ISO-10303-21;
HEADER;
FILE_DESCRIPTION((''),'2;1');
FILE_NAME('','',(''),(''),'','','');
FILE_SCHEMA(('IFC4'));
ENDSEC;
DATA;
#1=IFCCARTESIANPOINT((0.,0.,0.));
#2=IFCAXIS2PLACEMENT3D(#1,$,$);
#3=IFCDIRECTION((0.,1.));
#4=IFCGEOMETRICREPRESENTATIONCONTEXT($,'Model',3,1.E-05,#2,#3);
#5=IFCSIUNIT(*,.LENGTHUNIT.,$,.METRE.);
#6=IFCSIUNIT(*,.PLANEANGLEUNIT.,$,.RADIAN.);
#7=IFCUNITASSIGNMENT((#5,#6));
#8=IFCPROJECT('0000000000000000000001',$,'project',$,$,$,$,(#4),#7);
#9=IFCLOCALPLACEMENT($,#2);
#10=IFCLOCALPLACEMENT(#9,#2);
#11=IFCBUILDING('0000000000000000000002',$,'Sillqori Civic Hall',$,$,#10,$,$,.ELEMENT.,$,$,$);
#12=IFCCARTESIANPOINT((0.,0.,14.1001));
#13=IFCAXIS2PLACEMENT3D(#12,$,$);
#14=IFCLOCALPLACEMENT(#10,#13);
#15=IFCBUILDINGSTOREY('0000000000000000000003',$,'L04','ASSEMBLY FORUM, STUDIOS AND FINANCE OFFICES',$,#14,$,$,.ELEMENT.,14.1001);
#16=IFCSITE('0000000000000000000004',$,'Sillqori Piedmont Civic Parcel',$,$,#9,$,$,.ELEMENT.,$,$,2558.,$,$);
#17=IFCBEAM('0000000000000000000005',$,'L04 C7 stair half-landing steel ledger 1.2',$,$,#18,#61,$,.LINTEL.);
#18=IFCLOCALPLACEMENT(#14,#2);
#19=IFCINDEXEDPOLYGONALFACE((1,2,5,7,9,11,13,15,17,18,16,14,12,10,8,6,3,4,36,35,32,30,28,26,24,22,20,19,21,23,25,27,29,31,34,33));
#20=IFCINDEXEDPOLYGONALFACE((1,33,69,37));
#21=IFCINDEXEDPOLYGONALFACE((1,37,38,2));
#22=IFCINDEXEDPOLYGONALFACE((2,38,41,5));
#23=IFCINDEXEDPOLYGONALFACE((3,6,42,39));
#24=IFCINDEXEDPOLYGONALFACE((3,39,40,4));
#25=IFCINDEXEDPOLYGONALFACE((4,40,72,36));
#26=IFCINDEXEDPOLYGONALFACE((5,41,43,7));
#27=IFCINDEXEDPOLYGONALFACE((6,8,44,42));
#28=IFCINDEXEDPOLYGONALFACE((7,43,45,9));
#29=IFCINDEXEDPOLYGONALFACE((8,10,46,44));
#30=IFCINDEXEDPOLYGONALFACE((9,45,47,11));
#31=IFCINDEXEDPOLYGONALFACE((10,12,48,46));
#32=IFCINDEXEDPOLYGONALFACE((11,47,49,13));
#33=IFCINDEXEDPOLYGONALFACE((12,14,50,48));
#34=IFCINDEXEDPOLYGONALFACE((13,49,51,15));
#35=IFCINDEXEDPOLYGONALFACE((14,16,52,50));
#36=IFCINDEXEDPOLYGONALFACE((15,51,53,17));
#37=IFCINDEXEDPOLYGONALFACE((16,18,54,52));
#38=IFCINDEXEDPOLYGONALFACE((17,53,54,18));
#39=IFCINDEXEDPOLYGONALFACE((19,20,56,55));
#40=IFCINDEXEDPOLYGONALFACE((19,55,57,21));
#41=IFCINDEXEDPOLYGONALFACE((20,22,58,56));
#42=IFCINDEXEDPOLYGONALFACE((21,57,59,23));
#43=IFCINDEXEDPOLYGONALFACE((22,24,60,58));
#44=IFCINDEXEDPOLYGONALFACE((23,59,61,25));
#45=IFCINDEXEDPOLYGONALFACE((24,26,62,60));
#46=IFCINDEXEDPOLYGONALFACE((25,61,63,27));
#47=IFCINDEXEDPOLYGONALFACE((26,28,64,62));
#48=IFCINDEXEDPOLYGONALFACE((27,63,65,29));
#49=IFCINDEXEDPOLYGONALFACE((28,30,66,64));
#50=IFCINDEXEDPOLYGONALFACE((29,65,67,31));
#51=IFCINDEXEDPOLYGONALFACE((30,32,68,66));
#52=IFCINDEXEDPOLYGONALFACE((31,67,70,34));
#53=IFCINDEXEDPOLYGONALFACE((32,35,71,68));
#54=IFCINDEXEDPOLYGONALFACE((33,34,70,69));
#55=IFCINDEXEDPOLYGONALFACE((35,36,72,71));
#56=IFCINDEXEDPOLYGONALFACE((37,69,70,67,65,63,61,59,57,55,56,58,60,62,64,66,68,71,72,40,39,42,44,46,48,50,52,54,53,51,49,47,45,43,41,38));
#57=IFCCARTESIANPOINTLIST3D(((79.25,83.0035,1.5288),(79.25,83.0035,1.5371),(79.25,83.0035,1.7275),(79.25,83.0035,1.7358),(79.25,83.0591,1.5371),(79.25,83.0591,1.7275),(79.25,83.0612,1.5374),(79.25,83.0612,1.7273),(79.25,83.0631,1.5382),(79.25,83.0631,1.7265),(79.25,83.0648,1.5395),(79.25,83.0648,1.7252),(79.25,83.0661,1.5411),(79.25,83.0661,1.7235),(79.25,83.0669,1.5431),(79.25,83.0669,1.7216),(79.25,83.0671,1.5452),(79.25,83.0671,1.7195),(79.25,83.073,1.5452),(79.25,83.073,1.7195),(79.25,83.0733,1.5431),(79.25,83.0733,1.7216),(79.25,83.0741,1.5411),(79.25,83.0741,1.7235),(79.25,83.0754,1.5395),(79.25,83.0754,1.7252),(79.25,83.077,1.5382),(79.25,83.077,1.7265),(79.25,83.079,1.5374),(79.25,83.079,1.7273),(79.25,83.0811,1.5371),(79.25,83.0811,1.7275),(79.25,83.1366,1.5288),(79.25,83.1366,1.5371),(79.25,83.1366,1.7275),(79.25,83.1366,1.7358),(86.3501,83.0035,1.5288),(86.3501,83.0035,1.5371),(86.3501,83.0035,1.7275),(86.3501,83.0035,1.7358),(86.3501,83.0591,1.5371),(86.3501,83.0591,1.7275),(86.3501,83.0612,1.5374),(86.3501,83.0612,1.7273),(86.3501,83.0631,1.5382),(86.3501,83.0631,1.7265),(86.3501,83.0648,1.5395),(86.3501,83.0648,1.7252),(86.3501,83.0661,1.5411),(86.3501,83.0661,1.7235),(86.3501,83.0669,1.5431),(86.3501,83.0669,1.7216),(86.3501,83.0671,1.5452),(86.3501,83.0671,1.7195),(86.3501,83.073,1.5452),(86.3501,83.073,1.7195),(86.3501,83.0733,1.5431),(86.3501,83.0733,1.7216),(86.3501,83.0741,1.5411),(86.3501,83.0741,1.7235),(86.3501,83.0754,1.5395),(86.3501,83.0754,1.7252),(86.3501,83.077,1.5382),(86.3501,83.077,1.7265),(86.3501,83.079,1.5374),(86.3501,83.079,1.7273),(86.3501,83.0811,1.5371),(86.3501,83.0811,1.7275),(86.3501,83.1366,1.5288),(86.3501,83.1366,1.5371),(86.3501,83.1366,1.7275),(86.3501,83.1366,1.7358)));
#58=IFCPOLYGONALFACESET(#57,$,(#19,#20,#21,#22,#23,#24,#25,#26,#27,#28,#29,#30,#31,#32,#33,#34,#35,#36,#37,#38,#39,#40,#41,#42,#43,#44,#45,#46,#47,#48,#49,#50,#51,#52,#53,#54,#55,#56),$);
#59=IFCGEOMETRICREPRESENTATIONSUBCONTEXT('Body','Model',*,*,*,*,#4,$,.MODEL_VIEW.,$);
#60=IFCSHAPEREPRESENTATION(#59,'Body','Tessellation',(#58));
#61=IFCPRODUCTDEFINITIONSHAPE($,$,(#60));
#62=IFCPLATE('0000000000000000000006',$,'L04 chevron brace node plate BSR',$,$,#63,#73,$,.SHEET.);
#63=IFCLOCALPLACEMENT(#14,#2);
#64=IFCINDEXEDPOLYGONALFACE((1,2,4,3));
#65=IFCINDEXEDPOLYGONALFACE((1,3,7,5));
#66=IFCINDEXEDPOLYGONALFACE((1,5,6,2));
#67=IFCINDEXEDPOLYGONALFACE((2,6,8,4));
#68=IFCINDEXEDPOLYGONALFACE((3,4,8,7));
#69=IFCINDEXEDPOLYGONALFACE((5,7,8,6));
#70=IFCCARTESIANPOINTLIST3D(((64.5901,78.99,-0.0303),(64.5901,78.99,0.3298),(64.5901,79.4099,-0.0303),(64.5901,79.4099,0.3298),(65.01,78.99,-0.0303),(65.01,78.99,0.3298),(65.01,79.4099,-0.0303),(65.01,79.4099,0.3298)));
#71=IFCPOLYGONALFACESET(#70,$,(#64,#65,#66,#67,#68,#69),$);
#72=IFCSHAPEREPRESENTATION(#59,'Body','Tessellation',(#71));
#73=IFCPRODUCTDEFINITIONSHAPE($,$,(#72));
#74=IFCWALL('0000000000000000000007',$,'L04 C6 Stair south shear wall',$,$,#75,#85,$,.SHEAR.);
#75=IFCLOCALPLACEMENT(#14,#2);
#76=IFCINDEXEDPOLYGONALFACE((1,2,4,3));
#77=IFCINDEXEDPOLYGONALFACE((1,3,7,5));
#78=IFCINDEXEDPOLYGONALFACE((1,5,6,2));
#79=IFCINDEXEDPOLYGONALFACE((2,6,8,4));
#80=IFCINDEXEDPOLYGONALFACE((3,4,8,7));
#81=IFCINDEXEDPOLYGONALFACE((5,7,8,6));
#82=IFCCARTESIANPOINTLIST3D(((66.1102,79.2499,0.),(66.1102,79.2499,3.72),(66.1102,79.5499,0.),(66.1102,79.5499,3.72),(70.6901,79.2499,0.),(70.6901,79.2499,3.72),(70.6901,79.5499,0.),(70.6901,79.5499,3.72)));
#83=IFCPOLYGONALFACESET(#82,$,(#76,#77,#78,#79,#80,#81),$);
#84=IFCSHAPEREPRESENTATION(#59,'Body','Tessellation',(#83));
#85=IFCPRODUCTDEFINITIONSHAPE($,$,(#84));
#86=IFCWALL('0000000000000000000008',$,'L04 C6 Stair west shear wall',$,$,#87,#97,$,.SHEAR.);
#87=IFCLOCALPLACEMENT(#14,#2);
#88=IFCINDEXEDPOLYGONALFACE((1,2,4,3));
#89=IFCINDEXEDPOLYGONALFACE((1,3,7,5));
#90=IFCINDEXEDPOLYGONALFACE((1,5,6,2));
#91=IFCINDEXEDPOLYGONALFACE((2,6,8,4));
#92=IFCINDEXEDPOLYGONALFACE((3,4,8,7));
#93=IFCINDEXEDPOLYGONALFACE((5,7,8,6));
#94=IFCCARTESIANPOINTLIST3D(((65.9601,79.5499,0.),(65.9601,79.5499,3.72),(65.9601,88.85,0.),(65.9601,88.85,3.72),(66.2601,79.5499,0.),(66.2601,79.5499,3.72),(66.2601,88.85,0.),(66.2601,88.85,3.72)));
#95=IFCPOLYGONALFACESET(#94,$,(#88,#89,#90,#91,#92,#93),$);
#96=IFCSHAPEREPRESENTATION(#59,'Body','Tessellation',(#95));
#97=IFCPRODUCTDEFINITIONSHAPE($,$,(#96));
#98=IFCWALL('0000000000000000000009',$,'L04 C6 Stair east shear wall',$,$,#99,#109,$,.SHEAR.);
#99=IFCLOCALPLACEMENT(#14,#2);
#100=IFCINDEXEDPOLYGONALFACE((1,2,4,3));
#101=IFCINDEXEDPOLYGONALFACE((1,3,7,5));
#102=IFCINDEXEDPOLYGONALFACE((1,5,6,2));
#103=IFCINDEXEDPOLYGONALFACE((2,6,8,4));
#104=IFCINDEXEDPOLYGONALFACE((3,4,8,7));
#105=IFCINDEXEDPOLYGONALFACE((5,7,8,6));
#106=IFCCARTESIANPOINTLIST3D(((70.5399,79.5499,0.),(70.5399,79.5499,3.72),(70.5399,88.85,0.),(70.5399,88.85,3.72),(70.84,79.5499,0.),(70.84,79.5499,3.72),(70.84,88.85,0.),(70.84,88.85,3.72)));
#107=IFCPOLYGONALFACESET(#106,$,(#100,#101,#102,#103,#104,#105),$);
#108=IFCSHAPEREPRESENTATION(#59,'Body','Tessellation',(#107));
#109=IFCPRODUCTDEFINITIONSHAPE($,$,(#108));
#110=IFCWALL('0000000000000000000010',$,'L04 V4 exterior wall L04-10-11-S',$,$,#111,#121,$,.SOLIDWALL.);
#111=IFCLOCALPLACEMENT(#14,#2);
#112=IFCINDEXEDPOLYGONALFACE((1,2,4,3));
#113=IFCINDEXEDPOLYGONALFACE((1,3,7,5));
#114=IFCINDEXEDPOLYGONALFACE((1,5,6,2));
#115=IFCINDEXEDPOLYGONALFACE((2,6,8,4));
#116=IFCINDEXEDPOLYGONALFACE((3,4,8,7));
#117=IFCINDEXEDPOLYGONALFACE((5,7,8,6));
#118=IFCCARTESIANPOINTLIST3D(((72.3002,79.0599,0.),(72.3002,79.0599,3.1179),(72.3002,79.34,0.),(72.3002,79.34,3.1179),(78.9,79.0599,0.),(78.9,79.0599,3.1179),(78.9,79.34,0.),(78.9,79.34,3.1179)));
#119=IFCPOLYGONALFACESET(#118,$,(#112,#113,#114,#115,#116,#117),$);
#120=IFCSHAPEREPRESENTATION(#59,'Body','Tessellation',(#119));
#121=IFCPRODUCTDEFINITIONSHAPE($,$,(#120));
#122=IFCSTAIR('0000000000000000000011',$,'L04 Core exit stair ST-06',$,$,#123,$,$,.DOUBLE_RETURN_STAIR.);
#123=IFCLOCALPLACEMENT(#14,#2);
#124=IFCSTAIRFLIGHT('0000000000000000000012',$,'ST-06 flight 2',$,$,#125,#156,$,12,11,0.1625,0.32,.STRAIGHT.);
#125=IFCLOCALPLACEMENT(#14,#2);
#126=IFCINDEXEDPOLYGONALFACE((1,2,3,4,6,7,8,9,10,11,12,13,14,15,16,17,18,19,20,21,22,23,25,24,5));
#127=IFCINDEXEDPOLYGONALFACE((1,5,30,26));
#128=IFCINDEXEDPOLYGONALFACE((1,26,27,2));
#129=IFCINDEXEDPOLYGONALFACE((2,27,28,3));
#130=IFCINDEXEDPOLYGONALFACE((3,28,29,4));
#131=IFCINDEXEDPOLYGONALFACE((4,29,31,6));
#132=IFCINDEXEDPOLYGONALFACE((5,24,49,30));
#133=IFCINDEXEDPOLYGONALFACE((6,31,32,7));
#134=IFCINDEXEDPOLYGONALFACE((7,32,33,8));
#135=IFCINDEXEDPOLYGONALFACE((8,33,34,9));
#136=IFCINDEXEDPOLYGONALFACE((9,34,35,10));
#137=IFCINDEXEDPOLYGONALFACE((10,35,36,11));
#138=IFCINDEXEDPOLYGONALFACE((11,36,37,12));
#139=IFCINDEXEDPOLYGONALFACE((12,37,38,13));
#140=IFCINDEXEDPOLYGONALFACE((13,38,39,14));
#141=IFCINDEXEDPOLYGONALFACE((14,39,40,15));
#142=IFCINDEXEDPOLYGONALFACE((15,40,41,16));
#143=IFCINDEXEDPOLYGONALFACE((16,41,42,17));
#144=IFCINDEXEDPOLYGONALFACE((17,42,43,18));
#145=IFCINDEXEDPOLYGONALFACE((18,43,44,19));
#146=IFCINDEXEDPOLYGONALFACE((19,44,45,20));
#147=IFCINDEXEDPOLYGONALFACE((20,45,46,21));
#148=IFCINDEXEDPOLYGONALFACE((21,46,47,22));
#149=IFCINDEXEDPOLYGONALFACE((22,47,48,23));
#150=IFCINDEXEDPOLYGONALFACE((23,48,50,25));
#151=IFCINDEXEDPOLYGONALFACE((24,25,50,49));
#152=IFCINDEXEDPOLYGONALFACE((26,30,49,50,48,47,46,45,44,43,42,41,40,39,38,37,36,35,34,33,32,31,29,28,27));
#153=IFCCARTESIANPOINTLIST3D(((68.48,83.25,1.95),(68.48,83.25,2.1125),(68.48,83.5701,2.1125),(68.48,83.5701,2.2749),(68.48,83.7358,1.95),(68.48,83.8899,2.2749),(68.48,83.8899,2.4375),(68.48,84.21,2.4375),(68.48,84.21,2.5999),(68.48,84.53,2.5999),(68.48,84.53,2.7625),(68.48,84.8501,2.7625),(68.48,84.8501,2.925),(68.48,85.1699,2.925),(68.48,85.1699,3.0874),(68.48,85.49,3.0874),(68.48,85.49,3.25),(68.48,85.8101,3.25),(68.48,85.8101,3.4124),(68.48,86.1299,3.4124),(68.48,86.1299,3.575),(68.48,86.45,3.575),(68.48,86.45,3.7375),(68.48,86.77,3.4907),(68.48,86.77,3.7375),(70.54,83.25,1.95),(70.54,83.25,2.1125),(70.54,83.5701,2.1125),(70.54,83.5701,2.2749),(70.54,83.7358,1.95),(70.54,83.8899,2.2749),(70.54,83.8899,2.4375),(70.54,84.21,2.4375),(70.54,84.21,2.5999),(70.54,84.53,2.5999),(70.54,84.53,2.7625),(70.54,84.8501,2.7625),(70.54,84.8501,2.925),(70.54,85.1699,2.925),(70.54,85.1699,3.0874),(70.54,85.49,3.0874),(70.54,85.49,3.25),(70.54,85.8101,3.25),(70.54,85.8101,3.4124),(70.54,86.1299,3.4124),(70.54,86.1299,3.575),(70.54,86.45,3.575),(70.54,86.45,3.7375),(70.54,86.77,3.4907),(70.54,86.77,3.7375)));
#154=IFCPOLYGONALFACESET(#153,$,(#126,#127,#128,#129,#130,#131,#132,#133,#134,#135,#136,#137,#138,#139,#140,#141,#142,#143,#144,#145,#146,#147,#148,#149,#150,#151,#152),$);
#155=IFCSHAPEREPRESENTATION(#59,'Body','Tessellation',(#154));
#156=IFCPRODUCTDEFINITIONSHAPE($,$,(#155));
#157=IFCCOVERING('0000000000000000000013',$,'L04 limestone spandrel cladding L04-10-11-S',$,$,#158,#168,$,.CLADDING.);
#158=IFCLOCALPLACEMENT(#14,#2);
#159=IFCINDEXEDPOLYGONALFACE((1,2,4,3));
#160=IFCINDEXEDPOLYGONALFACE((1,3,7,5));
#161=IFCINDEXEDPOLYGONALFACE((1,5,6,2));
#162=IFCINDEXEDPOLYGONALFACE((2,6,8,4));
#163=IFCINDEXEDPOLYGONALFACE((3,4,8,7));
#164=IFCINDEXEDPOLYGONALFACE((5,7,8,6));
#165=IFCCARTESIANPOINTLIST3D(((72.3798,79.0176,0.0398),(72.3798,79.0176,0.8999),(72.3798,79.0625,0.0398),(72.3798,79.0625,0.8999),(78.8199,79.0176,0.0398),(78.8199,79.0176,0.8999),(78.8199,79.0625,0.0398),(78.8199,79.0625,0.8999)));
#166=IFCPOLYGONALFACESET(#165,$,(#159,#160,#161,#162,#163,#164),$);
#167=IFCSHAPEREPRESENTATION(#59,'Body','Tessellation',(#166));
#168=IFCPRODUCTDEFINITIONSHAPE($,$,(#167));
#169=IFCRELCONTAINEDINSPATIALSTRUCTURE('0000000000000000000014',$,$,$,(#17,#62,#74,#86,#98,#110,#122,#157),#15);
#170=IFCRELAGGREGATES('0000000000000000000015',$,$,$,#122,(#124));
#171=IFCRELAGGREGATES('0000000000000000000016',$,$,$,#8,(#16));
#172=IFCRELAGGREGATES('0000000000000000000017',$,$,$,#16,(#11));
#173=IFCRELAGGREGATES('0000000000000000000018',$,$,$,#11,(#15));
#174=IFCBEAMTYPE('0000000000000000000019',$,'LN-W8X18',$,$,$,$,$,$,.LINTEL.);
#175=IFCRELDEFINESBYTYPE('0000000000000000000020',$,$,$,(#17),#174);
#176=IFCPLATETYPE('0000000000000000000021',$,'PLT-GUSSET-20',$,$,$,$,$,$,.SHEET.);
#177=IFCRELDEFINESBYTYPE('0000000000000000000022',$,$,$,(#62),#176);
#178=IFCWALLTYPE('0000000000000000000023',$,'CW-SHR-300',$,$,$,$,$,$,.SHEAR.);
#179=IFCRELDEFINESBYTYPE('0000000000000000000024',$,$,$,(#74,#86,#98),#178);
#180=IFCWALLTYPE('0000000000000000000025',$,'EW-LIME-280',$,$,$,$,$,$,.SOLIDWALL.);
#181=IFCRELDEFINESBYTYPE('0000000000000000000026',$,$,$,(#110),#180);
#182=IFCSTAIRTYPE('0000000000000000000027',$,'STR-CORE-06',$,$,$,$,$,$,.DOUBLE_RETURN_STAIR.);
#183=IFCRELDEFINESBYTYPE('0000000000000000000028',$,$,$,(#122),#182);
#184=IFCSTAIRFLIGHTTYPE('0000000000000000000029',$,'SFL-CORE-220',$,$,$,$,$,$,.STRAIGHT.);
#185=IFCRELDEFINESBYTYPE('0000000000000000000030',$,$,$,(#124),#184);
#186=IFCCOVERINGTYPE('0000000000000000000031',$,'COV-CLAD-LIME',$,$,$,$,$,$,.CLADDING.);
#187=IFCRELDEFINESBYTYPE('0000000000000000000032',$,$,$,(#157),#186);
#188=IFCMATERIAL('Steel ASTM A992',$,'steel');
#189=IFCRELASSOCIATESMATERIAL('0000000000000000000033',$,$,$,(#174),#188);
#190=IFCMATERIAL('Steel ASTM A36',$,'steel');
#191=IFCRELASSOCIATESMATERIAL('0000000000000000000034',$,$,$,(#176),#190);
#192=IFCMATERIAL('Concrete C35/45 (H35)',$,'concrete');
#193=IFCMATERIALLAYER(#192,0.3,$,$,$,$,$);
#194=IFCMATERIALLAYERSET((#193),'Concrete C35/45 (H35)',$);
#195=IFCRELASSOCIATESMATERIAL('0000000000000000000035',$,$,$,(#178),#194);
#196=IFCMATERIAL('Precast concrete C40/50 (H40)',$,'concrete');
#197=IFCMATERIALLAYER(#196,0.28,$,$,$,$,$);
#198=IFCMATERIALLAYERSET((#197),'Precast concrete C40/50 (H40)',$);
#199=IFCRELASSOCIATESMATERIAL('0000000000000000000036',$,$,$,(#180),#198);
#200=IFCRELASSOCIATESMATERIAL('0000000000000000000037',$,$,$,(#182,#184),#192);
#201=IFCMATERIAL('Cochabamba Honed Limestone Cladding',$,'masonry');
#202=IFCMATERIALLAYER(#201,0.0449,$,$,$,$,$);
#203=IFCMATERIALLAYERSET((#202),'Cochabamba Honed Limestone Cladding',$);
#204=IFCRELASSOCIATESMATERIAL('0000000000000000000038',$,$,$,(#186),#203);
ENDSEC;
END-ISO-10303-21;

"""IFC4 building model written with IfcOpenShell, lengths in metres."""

from ifc_helpers import new_model, si_unit, direction, frame, frame_2d, origin, origin_2d, place, context, subcontext, project, spatial, polyline, rectangle, i_section, outline, extrude, material, layer, layer_set, material_profile, profile_set, type_object, element, aggregate, save


model = new_model("IFC4")

# Units and contexts
model_context = context("Model", 3, precision=1e-05, world=origin(), true_north=direction((0.0, 1.0)))
body_context = subcontext(model_context, "Body", "Model", "MODEL_VIEW")
ifc_project = project(units=[si_unit("LENGTHUNIT", "METRE"), si_unit("PLANEANGLEUNIT", "RADIAN")], contexts=[model_context])

# Site, building, storey
site_placement = place(None, origin())
site = spatial("IfcSite", under=ifc_project, at=site_placement, Name="Sillqori Piedmont Civic Parcel", CompositionType="ELEMENT", RefElevation=2558.0)
building_placement = place(site_placement, origin())
building = spatial("IfcBuilding", under=site, at=building_placement, Name="Sillqori Civic Hall", CompositionType="ELEMENT")
storey_placement = place(building_placement, frame((0.0, 0.0, 14.1001)))
storey = spatial("IfcBuildingStorey", under=building, at=storey_placement, Name="L04", Description="ASSEMBLY FORUM, STUDIOS AND FINANCE OFFICES", CompositionType="ELEMENT", Elevation=14.1001)

# Shared definitions
ifc_material_1 = material(Name="Concrete C35/45 (H35)", Category="concrete")
ifc_material_2 = material(Name="Steel ASTM A992", Category="steel")

# Beam
ifc_material_profile_1 = material_profile(ifc_material_2, i_section(OverallWidth=0.1331, OverallDepth=0.207, WebThickness=0.0059, FlangeThickness=0.0083, FilletRadius=0.0081, at=origin_2d()), Name="W8X18")
ifc_profile_set_1 = profile_set([ifc_material_profile_1], Name="Steel ASTM A992")
beam_type_1 = type_object("IfcBeamType", Name="LN-W8X18", PredefinedType="LINTEL", material=ifc_profile_set_1)
for number, where, z_axis, x_axis, name in (
    (1, (79.25, 83.0701, 1.6323), (1.0, 0.0, 0.0), (0.0, 1.0, 0.0), "L04 C7 stair half-landing steel ledger 1.2"),
):
    element("IfcBeam", number, at=place(storey_placement, frame(where, z_axis=z_axis, x_axis=x_axis)), inside=storey, type_object=beam_type_1, Name=name, PredefinedType="LINTEL", context=body_context, shape_type="SweptSolid", body=[
        extrude(i_section(OverallWidth=0.1331, OverallDepth=0.207, WebThickness=0.0059, FlangeThickness=0.0083, FilletRadius=0.0081, at=origin_2d()), origin(), (0.0, 0.0, 1.0), 7.1001),
    ])

# Plate
ifc_material_3 = material(Name="Steel ASTM A36", Category="steel")
plate_type = type_object("IfcPlateType", Name="PLT-GUSSET-20", PredefinedType="SHEET", material=ifc_material_3)
plate_placement = place(storey_placement, frame((64.8, 79.2, -0.0303), z_axis=(0.0, 0.0, 1.0), x_axis=(1.0, 0.0, 0.0)))
element("IfcPlate", 2, at=plate_placement, inside=storey, type_object=plate_type, Name="L04 chevron brace node plate BSR", PredefinedType="SHEET", context=body_context, shape_type="SweptSolid", body=[
    extrude(rectangle(XDim=0.4199, YDim=0.4199, at=origin_2d()), origin(), (0.0, 0.0, 1.0), 0.3601),
])

# Walls
ifc_layer_1 = layer(ifc_material_1, 0.3)
ifc_layer_set_1 = layer_set([ifc_layer_1], Name="Concrete C35/45 (H35)")
wall_type_1 = type_object("IfcWallType", Name="CW-SHR-300", PredefinedType="SHEAR", material=ifc_layer_set_1)
wall_1_placement = place(storey_placement, frame((66.1101, 79.3999, 0.0), z_axis=(0.0, 0.0, 1.0), x_axis=(1.0, 0.0, 0.0)))
element("IfcWall", 3, at=wall_1_placement, inside=storey, type_object=wall_type_1, Name="L04 C6 Stair south shear wall", PredefinedType="SHEAR", context=body_context, shape_type="SweptSolid", body=[
    extrude(rectangle(XDim=4.5798, YDim=0.3, at=frame_2d((2.29, 0.0))), origin(), (0.0, 0.0, 1.0), 3.72),
])
for number, where, z_axis, x_axis, name in (
    (4, (66.1101, 79.55, 0.0), (0.0, 0.0, 1.0), (0.0, 1.0, 0.0), "L04 C6 Stair west shear wall"),
    (5, (70.6899, 79.55, 0.0), (0.0, 0.0, 1.0), (0.0, 1.0, 0.0), "L04 C6 Stair east shear wall"),
):
    element("IfcWall", number, at=place(storey_placement, frame(where, z_axis=z_axis, x_axis=x_axis)), inside=storey, type_object=wall_type_1, Name=name, PredefinedType="SHEAR", context=body_context, shape_type="SweptSolid", body=[
        extrude(rectangle(XDim=9.3, YDim=0.3, at=frame_2d((4.6499, 0.0))), origin(), (0.0, 0.0, 1.0), 3.72),
    ])
ifc_material_4 = material(Name="Precast concrete C40/50 (H40)", Category="concrete")
ifc_layer_2 = layer(ifc_material_4, 0.28)
ifc_layer_set_2 = layer_set([ifc_layer_2], Name="Precast concrete C40/50 (H40)")
wall_type_2 = type_object("IfcWallType", Name="EW-LIME-280", PredefinedType="SOLIDWALL", material=ifc_layer_set_2)
wall_2_placement = place(storey_placement, frame((78.8999, 79.2, 0.0), z_axis=(0.0, 0.0, 1.0), x_axis=(-1.0, 0.0, 0.0)))
element("IfcWall", 6, at=wall_2_placement, inside=storey, type_object=wall_type_2, Name="L04 V4 exterior wall L04-10-11-S", PredefinedType="SOLIDWALL", context=body_context, shape_type="SweptSolid", body=[
    extrude(rectangle(XDim=6.5999, YDim=0.28, at=frame_2d((3.2998, 0.0))), origin(), (0.0, 0.0, 1.0), 3.1179),
])

# Stair, stair flight
stair_type = type_object("IfcStairType", Name="STR-CORE-06", PredefinedType="DOUBLE_RETURN_STAIR", material=ifc_material_1)
stair_placement = place(storey_placement, origin())
stair = element("IfcStair", 7, at=stair_placement, inside=storey, type_object=stair_type, Name="L04 Core exit stair ST-06", PredefinedType="DOUBLE_RETURN_STAIR")
stair_flight_type = type_object("IfcStairFlightType", Name="SFL-CORE-220", PredefinedType="STRAIGHT", material=ifc_material_1)
stair_flight_placement = place(storey_placement, frame((69.51, 83.25, 1.95), z_axis=(0.0, 0.0, 1.0), x_axis=(0.0, 1.0, 0.0)))
stair_flight = element("IfcStairFlight", 8, at=stair_flight_placement, type_object=stair_flight_type, Name="ST-06 flight 2", NumberOfRisers=12, NumberOfTreads=11, PredefinedType="STRAIGHT", RiserHeight=0.1625, TreadLength=0.32, context=body_context, shape_type="SweptSolid", body=[
    extrude(outline(polyline([(0.0, 0.0), (0.0, 0.1626), (0.3201, 0.1626), (0.3201, 0.325), (0.6399, 0.325), (0.6399, 0.4875), (0.96, 0.4875), (0.96, 0.6499), (1.28, 0.6499), (1.28, 0.8125), (1.6001, 0.8125), (1.6001, 0.9751), (1.9199, 0.9751), (1.9199, 1.1375), (2.24, 1.1375), (2.24, 1.3), (2.5601, 1.3), (2.5601, 1.4624), (2.8799, 1.4624), (2.8799, 1.625), (3.2, 1.625), (3.2, 1.7876), (3.52, 1.7876), (3.52, 1.95), (3.52, 1.5408), (0.4858, 0.0), (0.0, 0.0)])), frame((0.0, 1.03, 0.0), z_axis=(0.0, -1.0, 0.0), x_axis=(1.0, 0.0, 0.0)), (0.0, 0.0, 1.0), 2.0601),
])
aggregate(stair, [stair_flight])

# Covering
ifc_material_5 = material(Name="Cochabamba Honed Limestone Cladding", Category="masonry")
ifc_layer_3 = layer(ifc_material_5, 0.0449)
ifc_layer_set_3 = layer_set([ifc_layer_3], Name="Cochabamba Honed Limestone Cladding")
covering_type = type_object("IfcCoveringType", Name="COV-CLAD-LIME", PredefinedType="CLADDING", material=ifc_layer_set_3)
covering_placement = place(storey_placement, frame((78.8201, 79.04, 0.0398), z_axis=(0.0, 0.0, 1.0), x_axis=(-1.0, 0.0, 0.0)))
element("IfcCovering", 9, at=covering_placement, inside=storey, type_object=covering_type, Name="L04 limestone spandrel cladding L04-10-11-S", PredefinedType="CLADDING", context=body_context, shape_type="SweptSolid", body=[
    extrude(rectangle(XDim=6.4402, YDim=0.0449, at=frame_2d((3.2202, 0.0))), origin(), (0.0, 0.0, 1.0), 0.8601),
])

save(model, "model.ifc")
